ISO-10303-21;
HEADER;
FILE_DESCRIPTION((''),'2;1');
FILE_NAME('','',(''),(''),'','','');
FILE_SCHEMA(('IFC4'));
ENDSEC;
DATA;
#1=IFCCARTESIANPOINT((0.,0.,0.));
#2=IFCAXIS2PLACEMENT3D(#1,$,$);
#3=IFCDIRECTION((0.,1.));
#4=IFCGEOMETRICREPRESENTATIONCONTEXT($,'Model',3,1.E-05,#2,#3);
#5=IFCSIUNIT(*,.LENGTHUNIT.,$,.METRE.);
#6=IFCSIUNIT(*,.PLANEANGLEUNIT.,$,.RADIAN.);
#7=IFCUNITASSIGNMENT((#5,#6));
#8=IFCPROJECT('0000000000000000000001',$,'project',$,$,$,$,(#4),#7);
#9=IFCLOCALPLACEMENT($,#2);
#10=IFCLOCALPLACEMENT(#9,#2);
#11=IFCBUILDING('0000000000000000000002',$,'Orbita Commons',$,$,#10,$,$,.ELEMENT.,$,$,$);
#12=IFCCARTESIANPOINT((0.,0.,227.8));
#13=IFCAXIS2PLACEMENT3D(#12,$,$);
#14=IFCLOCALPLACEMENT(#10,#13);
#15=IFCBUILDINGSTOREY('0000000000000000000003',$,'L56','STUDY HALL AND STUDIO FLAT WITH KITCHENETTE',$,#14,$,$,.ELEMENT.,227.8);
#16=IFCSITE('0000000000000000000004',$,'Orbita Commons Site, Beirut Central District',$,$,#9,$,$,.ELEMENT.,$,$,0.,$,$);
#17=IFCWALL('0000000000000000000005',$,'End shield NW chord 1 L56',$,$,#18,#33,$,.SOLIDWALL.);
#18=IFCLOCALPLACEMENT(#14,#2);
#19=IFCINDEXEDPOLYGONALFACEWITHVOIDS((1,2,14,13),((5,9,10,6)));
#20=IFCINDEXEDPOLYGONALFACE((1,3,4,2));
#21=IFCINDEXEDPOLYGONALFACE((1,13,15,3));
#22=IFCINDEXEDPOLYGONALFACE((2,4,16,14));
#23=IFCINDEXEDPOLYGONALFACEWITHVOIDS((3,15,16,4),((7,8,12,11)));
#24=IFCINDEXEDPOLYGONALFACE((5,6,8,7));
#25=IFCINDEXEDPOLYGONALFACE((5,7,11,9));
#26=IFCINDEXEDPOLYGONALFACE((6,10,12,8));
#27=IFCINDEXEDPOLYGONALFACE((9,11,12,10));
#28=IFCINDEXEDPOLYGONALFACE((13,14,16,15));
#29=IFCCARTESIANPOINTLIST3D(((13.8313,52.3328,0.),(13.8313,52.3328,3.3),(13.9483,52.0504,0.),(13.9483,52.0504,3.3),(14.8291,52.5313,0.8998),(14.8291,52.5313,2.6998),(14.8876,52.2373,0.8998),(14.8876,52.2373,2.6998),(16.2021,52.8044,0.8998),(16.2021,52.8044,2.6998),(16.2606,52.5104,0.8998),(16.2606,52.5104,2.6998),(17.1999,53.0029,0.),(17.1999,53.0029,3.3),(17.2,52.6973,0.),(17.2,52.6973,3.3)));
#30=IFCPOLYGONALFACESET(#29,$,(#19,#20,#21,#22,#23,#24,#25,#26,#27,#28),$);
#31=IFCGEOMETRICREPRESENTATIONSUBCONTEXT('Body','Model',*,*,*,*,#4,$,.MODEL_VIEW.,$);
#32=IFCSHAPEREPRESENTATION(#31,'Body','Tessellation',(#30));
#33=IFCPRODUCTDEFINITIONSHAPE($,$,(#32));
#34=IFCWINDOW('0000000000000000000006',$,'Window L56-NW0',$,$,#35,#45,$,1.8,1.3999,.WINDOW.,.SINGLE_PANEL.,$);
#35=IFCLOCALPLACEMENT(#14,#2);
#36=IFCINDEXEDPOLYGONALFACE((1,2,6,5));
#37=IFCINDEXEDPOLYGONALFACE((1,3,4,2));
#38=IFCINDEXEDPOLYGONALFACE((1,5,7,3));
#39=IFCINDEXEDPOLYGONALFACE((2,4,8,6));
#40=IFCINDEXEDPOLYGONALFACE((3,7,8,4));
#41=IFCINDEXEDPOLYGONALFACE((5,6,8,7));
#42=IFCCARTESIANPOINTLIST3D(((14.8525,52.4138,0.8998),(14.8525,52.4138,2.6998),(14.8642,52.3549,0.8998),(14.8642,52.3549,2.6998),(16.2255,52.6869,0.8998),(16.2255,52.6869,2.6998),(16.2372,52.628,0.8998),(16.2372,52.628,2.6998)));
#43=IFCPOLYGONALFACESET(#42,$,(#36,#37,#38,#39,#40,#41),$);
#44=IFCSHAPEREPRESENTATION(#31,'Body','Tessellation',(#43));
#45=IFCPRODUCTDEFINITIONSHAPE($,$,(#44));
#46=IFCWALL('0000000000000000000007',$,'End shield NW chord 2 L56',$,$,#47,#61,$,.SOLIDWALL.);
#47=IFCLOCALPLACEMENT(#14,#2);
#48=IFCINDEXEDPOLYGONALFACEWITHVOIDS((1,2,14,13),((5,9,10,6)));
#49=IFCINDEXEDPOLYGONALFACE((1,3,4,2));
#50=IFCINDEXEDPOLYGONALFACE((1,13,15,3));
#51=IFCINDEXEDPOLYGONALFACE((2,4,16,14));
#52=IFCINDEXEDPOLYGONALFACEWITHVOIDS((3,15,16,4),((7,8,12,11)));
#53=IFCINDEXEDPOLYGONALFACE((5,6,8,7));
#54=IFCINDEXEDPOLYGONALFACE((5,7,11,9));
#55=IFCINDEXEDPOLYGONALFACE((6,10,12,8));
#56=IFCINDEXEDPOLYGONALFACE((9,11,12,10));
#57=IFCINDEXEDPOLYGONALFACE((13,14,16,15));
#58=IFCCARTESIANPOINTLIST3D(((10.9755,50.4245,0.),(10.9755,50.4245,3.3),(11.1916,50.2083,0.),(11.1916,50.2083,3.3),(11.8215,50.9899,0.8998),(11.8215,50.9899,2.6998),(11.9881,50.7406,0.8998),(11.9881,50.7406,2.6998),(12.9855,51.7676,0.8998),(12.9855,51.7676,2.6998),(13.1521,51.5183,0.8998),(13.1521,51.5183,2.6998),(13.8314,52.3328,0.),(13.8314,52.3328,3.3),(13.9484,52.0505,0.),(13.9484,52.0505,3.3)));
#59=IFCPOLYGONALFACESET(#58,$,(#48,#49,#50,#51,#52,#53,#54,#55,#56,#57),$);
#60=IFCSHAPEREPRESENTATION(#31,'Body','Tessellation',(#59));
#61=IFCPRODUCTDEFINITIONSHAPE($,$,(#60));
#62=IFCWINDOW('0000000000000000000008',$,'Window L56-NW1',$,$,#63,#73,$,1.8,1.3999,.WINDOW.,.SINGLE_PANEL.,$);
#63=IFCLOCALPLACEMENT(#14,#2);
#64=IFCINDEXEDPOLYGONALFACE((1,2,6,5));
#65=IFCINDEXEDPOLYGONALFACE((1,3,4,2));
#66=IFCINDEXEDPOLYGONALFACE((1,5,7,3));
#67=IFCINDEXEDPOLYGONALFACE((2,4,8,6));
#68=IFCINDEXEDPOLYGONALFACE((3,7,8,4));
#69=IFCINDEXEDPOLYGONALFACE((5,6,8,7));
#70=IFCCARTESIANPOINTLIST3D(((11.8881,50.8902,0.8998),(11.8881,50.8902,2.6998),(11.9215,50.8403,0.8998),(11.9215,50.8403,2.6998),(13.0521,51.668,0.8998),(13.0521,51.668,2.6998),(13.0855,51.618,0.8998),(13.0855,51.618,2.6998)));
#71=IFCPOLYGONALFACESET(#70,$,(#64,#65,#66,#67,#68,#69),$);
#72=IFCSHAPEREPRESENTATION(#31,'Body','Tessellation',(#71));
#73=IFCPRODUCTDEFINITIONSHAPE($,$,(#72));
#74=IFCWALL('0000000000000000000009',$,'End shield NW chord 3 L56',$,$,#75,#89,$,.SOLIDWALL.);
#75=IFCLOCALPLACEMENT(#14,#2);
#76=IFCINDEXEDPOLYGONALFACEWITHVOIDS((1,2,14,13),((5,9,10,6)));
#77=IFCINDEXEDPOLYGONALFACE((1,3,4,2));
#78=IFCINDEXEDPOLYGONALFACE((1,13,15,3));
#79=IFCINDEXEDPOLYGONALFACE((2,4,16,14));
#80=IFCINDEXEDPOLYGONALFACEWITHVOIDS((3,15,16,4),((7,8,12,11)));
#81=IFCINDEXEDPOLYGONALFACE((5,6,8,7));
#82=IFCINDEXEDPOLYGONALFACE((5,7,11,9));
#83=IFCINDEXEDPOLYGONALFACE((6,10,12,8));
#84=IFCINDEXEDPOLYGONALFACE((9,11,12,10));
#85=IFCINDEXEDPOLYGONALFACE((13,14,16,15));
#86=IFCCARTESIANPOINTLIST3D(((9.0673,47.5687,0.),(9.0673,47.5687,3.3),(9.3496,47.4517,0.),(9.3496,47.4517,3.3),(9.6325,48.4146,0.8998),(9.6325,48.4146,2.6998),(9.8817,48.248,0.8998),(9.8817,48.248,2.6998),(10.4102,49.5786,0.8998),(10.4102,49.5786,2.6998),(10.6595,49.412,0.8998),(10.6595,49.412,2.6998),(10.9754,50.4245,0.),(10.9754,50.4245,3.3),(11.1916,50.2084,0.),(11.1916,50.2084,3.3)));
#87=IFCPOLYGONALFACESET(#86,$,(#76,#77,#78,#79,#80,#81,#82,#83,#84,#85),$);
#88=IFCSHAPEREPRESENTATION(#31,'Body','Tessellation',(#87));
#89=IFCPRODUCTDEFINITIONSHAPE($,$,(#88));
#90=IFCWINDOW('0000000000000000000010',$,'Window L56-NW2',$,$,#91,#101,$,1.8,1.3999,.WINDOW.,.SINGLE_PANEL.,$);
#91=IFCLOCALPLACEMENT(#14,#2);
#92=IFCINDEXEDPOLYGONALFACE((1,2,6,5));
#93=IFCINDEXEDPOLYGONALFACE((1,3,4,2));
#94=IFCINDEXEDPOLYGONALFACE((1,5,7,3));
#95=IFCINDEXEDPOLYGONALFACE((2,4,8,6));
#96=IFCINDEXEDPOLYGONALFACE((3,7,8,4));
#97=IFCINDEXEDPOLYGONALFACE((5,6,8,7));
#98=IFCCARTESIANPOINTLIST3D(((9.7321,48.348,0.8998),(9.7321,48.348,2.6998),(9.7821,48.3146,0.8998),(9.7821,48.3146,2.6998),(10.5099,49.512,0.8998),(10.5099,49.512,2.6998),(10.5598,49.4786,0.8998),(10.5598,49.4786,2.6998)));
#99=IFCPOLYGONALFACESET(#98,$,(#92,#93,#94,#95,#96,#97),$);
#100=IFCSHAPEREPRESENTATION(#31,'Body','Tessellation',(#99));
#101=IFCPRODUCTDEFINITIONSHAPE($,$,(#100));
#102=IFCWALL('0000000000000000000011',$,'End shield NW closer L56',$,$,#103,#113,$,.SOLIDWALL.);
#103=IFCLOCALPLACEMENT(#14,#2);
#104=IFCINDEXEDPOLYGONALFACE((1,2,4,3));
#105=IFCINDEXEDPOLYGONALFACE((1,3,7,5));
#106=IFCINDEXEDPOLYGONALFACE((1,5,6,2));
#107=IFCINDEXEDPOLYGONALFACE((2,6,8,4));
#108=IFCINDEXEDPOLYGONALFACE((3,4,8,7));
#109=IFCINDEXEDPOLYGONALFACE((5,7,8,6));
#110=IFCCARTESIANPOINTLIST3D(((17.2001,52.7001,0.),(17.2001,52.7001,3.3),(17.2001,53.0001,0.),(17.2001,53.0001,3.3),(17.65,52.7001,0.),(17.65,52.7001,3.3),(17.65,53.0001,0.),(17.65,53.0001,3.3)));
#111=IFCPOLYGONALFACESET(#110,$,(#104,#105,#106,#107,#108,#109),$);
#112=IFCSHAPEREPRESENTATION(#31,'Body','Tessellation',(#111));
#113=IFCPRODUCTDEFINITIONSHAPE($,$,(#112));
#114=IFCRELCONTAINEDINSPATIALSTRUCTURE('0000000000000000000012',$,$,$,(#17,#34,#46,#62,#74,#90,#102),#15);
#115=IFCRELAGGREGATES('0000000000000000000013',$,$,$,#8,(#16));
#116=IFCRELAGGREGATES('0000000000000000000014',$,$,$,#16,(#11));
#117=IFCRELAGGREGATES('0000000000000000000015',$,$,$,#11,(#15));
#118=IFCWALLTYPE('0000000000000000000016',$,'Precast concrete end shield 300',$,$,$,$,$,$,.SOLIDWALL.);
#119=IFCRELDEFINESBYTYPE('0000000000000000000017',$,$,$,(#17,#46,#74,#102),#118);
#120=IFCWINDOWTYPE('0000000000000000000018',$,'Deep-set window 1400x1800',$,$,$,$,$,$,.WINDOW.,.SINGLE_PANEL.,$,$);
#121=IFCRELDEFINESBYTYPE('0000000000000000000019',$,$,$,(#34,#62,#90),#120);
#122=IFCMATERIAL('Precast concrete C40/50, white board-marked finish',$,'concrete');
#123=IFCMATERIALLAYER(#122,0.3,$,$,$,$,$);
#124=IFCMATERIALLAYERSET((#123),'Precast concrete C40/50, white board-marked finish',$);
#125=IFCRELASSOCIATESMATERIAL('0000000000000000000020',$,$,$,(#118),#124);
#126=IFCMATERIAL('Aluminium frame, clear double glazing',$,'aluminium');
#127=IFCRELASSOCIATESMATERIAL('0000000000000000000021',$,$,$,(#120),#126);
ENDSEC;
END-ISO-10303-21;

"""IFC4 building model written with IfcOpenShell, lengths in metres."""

from ifc_helpers import new_model, si_unit, direction, frame, frame_2d, origin, place, context, subcontext, project, spatial, polyline, rectangle, outline, extrude, material, layer, layer_set, type_object, element, fill, save


model = new_model("IFC4")

# Units and contexts
model_context = context("Model", 3, precision=1e-05, world=origin(), true_north=direction((0.0, 1.0)))
body_context = subcontext(model_context, "Body", "Model", "MODEL_VIEW")
ifc_project = project(units=[si_unit("LENGTHUNIT", "METRE"), si_unit("PLANEANGLEUNIT", "RADIAN")], contexts=[model_context])

# Site, building, storey
site_placement = place(None, origin())
site = spatial("IfcSite", under=ifc_project, at=site_placement, Name="Orbita Commons Site, Beirut Central District", CompositionType="ELEMENT", RefElevation=0.0)
building_placement = place(site_placement, origin())
building = spatial("IfcBuilding", under=site, at=building_placement, Name="Orbita Commons", CompositionType="ELEMENT")
storey_placement = place(building_placement, frame((0.0, 0.0, 227.8)))
storey = spatial("IfcBuildingStorey", under=building, at=storey_placement, Name="L56", Description="STUDY HALL AND STUDIO FLAT WITH KITCHENETTE", CompositionType="ELEMENT", Elevation=227.8)

# Walls, openings, windows
ifc_material_1 = material(Name="Precast concrete C40/50, white board-marked finish", Category="concrete")
ifc_layer_1 = layer(ifc_material_1, 0.3)
ifc_layer_set_1 = layer_set([ifc_layer_1], Name="Precast concrete C40/50, white board-marked finish")
wall_type_1 = type_object("IfcWallType", Name="Precast concrete end shield 300", PredefinedType="SOLIDWALL", material=ifc_layer_set_1)
wall_1_placement = place(storey_placement, frame((17.2, 52.8501, 0.0), z_axis=(0.0, 0.0, 1.0), x_axis=(-0.980783, -0.1951, 0.0)))
wall_1 = element("IfcWall", 1, at=wall_1_placement, inside=storey, type_object=wall_type_1, Name="End shield NW chord 1 L56", PredefinedType="SOLIDWALL", context=body_context, shape_type="SweptSolid", body=[
    extrude(outline(polyline([(-0.0298, -0.1499), (3.4048, -0.1499), (3.3452, 0.1499), (0.0298, 0.1499), (-0.0298, -0.1499)])), origin(), (0.0, 0.0, 1.0), 3.3),
])
opening_1_placement = place(wall_1_placement, frame((0.9875, 0.0, 0.8999)))
opening_1 = element("IfcOpeningElement", 2, at=opening_1_placement, cuts=wall_1, PredefinedType="OPENING", context=body_context, shape_type="SweptSolid", body=[
    extrude(rectangle(XDim=1.3999, YDim=1.8, at=frame_2d((0.7, 0.8999))), frame((0.0, 0.1599, 0.0), z_axis=(0.0, -1.0, 0.0), x_axis=(1.0, 0.0, 0.0)), (0.0, 0.0, 1.0), 0.3201),
])
ifc_material_2 = material(Name="Aluminium frame, clear double glazing", Category="aluminium")
window_type = type_object("IfcWindowType", Name="Deep-set window 1400x1800", PartitioningType="SINGLE_PANEL", PredefinedType="WINDOW", material=ifc_material_2)
window_1_placement = place(opening_1_placement, origin())
window_1 = element("IfcWindow", 3, at=window_1_placement, inside=storey, type_object=window_type, Name="Window L56-NW0", OverallHeight=1.8, OverallWidth=1.3999, PartitioningType="SINGLE_PANEL", PredefinedType="WINDOW", context=body_context, shape_type="SweptSolid", body=[
    extrude(rectangle(XDim=1.3999, YDim=1.8, at=frame_2d((0.7, 0.8999))), frame((0.0, 0.03, 0.0), z_axis=(0.0, -1.0, 0.0), x_axis=(1.0, 0.0, 0.0)), (0.0, 0.0, 1.0), 0.0601),
])
fill(opening_1, window_1)
wall_2_placement = place(storey_placement, frame((13.8899, 52.1917, 0.0), z_axis=(0.0, 0.0, 1.0), x_axis=(-0.83146, -0.555585, 0.0)))
wall_2 = element("IfcWall", 4, at=wall_2_placement, inside=storey, type_object=wall_type_1, Name="End shield NW chord 2 L56", PredefinedType="SOLIDWALL", context=body_context, shape_type="SweptSolid", body=[
    extrude(outline(polyline([(-0.0298, -0.1499), (3.405, -0.1499), (3.3455, 0.1499), (0.0298, 0.1499), (-0.0298, -0.1499)])), origin(), (0.0, 0.0, 1.0), 3.3),
])
opening_2_placement = place(wall_2_placement, frame((0.9875, 0.0, 0.8999)))
opening_2 = element("IfcOpeningElement", 5, at=opening_2_placement, cuts=wall_2, PredefinedType="OPENING", context=body_context, shape_type="SweptSolid", body=[
    extrude(rectangle(XDim=1.3999, YDim=1.8, at=frame_2d((0.7, 0.8999))), frame((0.0, 0.1599, 0.0), z_axis=(0.0, -1.0, 0.0), x_axis=(1.0, 0.0, 0.0)), (0.0, 0.0, 1.0), 0.3201),
])
window_2_placement = place(opening_2_placement, origin())
window_2 = element("IfcWindow", 6, at=window_2_placement, inside=storey, type_object=window_type, Name="Window L56-NW1", OverallHeight=1.8, OverallWidth=1.3999, PartitioningType="SINGLE_PANEL", PredefinedType="WINDOW", context=body_context, shape_type="SweptSolid", body=[
    extrude(rectangle(XDim=1.3999, YDim=1.8, at=frame_2d((0.7, 0.8999))), frame((0.0, 0.03, 0.0), z_axis=(0.0, -1.0, 0.0), x_axis=(1.0, 0.0, 0.0)), (0.0, 0.0, 1.0), 0.0601),
])
fill(opening_2, window_2)
wall_3_placement = place(storey_placement, frame((11.0835, 50.3164, 0.0), z_axis=(0.0, 0.0, 1.0), x_axis=(-0.555568, -0.831471, 0.0)))
wall_3 = element("IfcWall", 7, at=wall_3_placement, inside=storey, type_object=wall_type_1, Name="End shield NW chord 3 L56", PredefinedType="SOLIDWALL", context=body_context, shape_type="SweptSolid", body=[
    extrude(outline(polyline([(-0.0298, -0.1499), (3.4048, -0.1499), (3.3452, 0.1499), (0.0298, 0.1499), (-0.0298, -0.1499)])), origin(), (0.0, 0.0, 1.0), 3.3),
])
opening_3_placement = place(wall_3_placement, frame((0.9875, 0.0, 0.8999)))
opening_3 = element("IfcOpeningElement", 8, at=opening_3_placement, cuts=wall_3, PredefinedType="OPENING", context=body_context, shape_type="SweptSolid", body=[
    extrude(rectangle(XDim=1.3999, YDim=1.8, at=frame_2d((0.7, 0.8999))), frame((0.0, 0.1599, 0.0), z_axis=(0.0, -1.0, 0.0), x_axis=(1.0, 0.0, 0.0)), (0.0, 0.0, 1.0), 0.3201),
])
window_3_placement = place(opening_3_placement, origin())
window_3 = element("IfcWindow", 9, at=window_3_placement, inside=storey, type_object=window_type, Name="Window L56-NW2", OverallHeight=1.8, OverallWidth=1.3999, PartitioningType="SINGLE_PANEL", PredefinedType="WINDOW", context=body_context, shape_type="SweptSolid", body=[
    extrude(rectangle(XDim=1.3999, YDim=1.8, at=frame_2d((0.7, 0.8999))), frame((0.0, 0.03, 0.0), z_axis=(0.0, -1.0, 0.0), x_axis=(1.0, 0.0, 0.0)), (0.0, 0.0, 1.0), 0.0601),
])
fill(opening_3, window_3)

# Wall
wall_4_placement = place(storey_placement, frame((17.2, 52.8501, 0.0), z_axis=(0.0, 0.0, 1.0), x_axis=(1.0, 0.0, 0.0)))
element("IfcWall", 10, at=wall_4_placement, inside=storey, type_object=wall_type_1, Name="End shield NW closer L56", PredefinedType="SOLIDWALL", context=body_context, shape_type="SweptSolid", body=[
    extrude(rectangle(XDim=0.45, YDim=0.3, at=frame_2d((0.2251, 0.0))), origin(), (0.0, 0.0, 1.0), 3.3),
])

save(model, "model.ifc")
